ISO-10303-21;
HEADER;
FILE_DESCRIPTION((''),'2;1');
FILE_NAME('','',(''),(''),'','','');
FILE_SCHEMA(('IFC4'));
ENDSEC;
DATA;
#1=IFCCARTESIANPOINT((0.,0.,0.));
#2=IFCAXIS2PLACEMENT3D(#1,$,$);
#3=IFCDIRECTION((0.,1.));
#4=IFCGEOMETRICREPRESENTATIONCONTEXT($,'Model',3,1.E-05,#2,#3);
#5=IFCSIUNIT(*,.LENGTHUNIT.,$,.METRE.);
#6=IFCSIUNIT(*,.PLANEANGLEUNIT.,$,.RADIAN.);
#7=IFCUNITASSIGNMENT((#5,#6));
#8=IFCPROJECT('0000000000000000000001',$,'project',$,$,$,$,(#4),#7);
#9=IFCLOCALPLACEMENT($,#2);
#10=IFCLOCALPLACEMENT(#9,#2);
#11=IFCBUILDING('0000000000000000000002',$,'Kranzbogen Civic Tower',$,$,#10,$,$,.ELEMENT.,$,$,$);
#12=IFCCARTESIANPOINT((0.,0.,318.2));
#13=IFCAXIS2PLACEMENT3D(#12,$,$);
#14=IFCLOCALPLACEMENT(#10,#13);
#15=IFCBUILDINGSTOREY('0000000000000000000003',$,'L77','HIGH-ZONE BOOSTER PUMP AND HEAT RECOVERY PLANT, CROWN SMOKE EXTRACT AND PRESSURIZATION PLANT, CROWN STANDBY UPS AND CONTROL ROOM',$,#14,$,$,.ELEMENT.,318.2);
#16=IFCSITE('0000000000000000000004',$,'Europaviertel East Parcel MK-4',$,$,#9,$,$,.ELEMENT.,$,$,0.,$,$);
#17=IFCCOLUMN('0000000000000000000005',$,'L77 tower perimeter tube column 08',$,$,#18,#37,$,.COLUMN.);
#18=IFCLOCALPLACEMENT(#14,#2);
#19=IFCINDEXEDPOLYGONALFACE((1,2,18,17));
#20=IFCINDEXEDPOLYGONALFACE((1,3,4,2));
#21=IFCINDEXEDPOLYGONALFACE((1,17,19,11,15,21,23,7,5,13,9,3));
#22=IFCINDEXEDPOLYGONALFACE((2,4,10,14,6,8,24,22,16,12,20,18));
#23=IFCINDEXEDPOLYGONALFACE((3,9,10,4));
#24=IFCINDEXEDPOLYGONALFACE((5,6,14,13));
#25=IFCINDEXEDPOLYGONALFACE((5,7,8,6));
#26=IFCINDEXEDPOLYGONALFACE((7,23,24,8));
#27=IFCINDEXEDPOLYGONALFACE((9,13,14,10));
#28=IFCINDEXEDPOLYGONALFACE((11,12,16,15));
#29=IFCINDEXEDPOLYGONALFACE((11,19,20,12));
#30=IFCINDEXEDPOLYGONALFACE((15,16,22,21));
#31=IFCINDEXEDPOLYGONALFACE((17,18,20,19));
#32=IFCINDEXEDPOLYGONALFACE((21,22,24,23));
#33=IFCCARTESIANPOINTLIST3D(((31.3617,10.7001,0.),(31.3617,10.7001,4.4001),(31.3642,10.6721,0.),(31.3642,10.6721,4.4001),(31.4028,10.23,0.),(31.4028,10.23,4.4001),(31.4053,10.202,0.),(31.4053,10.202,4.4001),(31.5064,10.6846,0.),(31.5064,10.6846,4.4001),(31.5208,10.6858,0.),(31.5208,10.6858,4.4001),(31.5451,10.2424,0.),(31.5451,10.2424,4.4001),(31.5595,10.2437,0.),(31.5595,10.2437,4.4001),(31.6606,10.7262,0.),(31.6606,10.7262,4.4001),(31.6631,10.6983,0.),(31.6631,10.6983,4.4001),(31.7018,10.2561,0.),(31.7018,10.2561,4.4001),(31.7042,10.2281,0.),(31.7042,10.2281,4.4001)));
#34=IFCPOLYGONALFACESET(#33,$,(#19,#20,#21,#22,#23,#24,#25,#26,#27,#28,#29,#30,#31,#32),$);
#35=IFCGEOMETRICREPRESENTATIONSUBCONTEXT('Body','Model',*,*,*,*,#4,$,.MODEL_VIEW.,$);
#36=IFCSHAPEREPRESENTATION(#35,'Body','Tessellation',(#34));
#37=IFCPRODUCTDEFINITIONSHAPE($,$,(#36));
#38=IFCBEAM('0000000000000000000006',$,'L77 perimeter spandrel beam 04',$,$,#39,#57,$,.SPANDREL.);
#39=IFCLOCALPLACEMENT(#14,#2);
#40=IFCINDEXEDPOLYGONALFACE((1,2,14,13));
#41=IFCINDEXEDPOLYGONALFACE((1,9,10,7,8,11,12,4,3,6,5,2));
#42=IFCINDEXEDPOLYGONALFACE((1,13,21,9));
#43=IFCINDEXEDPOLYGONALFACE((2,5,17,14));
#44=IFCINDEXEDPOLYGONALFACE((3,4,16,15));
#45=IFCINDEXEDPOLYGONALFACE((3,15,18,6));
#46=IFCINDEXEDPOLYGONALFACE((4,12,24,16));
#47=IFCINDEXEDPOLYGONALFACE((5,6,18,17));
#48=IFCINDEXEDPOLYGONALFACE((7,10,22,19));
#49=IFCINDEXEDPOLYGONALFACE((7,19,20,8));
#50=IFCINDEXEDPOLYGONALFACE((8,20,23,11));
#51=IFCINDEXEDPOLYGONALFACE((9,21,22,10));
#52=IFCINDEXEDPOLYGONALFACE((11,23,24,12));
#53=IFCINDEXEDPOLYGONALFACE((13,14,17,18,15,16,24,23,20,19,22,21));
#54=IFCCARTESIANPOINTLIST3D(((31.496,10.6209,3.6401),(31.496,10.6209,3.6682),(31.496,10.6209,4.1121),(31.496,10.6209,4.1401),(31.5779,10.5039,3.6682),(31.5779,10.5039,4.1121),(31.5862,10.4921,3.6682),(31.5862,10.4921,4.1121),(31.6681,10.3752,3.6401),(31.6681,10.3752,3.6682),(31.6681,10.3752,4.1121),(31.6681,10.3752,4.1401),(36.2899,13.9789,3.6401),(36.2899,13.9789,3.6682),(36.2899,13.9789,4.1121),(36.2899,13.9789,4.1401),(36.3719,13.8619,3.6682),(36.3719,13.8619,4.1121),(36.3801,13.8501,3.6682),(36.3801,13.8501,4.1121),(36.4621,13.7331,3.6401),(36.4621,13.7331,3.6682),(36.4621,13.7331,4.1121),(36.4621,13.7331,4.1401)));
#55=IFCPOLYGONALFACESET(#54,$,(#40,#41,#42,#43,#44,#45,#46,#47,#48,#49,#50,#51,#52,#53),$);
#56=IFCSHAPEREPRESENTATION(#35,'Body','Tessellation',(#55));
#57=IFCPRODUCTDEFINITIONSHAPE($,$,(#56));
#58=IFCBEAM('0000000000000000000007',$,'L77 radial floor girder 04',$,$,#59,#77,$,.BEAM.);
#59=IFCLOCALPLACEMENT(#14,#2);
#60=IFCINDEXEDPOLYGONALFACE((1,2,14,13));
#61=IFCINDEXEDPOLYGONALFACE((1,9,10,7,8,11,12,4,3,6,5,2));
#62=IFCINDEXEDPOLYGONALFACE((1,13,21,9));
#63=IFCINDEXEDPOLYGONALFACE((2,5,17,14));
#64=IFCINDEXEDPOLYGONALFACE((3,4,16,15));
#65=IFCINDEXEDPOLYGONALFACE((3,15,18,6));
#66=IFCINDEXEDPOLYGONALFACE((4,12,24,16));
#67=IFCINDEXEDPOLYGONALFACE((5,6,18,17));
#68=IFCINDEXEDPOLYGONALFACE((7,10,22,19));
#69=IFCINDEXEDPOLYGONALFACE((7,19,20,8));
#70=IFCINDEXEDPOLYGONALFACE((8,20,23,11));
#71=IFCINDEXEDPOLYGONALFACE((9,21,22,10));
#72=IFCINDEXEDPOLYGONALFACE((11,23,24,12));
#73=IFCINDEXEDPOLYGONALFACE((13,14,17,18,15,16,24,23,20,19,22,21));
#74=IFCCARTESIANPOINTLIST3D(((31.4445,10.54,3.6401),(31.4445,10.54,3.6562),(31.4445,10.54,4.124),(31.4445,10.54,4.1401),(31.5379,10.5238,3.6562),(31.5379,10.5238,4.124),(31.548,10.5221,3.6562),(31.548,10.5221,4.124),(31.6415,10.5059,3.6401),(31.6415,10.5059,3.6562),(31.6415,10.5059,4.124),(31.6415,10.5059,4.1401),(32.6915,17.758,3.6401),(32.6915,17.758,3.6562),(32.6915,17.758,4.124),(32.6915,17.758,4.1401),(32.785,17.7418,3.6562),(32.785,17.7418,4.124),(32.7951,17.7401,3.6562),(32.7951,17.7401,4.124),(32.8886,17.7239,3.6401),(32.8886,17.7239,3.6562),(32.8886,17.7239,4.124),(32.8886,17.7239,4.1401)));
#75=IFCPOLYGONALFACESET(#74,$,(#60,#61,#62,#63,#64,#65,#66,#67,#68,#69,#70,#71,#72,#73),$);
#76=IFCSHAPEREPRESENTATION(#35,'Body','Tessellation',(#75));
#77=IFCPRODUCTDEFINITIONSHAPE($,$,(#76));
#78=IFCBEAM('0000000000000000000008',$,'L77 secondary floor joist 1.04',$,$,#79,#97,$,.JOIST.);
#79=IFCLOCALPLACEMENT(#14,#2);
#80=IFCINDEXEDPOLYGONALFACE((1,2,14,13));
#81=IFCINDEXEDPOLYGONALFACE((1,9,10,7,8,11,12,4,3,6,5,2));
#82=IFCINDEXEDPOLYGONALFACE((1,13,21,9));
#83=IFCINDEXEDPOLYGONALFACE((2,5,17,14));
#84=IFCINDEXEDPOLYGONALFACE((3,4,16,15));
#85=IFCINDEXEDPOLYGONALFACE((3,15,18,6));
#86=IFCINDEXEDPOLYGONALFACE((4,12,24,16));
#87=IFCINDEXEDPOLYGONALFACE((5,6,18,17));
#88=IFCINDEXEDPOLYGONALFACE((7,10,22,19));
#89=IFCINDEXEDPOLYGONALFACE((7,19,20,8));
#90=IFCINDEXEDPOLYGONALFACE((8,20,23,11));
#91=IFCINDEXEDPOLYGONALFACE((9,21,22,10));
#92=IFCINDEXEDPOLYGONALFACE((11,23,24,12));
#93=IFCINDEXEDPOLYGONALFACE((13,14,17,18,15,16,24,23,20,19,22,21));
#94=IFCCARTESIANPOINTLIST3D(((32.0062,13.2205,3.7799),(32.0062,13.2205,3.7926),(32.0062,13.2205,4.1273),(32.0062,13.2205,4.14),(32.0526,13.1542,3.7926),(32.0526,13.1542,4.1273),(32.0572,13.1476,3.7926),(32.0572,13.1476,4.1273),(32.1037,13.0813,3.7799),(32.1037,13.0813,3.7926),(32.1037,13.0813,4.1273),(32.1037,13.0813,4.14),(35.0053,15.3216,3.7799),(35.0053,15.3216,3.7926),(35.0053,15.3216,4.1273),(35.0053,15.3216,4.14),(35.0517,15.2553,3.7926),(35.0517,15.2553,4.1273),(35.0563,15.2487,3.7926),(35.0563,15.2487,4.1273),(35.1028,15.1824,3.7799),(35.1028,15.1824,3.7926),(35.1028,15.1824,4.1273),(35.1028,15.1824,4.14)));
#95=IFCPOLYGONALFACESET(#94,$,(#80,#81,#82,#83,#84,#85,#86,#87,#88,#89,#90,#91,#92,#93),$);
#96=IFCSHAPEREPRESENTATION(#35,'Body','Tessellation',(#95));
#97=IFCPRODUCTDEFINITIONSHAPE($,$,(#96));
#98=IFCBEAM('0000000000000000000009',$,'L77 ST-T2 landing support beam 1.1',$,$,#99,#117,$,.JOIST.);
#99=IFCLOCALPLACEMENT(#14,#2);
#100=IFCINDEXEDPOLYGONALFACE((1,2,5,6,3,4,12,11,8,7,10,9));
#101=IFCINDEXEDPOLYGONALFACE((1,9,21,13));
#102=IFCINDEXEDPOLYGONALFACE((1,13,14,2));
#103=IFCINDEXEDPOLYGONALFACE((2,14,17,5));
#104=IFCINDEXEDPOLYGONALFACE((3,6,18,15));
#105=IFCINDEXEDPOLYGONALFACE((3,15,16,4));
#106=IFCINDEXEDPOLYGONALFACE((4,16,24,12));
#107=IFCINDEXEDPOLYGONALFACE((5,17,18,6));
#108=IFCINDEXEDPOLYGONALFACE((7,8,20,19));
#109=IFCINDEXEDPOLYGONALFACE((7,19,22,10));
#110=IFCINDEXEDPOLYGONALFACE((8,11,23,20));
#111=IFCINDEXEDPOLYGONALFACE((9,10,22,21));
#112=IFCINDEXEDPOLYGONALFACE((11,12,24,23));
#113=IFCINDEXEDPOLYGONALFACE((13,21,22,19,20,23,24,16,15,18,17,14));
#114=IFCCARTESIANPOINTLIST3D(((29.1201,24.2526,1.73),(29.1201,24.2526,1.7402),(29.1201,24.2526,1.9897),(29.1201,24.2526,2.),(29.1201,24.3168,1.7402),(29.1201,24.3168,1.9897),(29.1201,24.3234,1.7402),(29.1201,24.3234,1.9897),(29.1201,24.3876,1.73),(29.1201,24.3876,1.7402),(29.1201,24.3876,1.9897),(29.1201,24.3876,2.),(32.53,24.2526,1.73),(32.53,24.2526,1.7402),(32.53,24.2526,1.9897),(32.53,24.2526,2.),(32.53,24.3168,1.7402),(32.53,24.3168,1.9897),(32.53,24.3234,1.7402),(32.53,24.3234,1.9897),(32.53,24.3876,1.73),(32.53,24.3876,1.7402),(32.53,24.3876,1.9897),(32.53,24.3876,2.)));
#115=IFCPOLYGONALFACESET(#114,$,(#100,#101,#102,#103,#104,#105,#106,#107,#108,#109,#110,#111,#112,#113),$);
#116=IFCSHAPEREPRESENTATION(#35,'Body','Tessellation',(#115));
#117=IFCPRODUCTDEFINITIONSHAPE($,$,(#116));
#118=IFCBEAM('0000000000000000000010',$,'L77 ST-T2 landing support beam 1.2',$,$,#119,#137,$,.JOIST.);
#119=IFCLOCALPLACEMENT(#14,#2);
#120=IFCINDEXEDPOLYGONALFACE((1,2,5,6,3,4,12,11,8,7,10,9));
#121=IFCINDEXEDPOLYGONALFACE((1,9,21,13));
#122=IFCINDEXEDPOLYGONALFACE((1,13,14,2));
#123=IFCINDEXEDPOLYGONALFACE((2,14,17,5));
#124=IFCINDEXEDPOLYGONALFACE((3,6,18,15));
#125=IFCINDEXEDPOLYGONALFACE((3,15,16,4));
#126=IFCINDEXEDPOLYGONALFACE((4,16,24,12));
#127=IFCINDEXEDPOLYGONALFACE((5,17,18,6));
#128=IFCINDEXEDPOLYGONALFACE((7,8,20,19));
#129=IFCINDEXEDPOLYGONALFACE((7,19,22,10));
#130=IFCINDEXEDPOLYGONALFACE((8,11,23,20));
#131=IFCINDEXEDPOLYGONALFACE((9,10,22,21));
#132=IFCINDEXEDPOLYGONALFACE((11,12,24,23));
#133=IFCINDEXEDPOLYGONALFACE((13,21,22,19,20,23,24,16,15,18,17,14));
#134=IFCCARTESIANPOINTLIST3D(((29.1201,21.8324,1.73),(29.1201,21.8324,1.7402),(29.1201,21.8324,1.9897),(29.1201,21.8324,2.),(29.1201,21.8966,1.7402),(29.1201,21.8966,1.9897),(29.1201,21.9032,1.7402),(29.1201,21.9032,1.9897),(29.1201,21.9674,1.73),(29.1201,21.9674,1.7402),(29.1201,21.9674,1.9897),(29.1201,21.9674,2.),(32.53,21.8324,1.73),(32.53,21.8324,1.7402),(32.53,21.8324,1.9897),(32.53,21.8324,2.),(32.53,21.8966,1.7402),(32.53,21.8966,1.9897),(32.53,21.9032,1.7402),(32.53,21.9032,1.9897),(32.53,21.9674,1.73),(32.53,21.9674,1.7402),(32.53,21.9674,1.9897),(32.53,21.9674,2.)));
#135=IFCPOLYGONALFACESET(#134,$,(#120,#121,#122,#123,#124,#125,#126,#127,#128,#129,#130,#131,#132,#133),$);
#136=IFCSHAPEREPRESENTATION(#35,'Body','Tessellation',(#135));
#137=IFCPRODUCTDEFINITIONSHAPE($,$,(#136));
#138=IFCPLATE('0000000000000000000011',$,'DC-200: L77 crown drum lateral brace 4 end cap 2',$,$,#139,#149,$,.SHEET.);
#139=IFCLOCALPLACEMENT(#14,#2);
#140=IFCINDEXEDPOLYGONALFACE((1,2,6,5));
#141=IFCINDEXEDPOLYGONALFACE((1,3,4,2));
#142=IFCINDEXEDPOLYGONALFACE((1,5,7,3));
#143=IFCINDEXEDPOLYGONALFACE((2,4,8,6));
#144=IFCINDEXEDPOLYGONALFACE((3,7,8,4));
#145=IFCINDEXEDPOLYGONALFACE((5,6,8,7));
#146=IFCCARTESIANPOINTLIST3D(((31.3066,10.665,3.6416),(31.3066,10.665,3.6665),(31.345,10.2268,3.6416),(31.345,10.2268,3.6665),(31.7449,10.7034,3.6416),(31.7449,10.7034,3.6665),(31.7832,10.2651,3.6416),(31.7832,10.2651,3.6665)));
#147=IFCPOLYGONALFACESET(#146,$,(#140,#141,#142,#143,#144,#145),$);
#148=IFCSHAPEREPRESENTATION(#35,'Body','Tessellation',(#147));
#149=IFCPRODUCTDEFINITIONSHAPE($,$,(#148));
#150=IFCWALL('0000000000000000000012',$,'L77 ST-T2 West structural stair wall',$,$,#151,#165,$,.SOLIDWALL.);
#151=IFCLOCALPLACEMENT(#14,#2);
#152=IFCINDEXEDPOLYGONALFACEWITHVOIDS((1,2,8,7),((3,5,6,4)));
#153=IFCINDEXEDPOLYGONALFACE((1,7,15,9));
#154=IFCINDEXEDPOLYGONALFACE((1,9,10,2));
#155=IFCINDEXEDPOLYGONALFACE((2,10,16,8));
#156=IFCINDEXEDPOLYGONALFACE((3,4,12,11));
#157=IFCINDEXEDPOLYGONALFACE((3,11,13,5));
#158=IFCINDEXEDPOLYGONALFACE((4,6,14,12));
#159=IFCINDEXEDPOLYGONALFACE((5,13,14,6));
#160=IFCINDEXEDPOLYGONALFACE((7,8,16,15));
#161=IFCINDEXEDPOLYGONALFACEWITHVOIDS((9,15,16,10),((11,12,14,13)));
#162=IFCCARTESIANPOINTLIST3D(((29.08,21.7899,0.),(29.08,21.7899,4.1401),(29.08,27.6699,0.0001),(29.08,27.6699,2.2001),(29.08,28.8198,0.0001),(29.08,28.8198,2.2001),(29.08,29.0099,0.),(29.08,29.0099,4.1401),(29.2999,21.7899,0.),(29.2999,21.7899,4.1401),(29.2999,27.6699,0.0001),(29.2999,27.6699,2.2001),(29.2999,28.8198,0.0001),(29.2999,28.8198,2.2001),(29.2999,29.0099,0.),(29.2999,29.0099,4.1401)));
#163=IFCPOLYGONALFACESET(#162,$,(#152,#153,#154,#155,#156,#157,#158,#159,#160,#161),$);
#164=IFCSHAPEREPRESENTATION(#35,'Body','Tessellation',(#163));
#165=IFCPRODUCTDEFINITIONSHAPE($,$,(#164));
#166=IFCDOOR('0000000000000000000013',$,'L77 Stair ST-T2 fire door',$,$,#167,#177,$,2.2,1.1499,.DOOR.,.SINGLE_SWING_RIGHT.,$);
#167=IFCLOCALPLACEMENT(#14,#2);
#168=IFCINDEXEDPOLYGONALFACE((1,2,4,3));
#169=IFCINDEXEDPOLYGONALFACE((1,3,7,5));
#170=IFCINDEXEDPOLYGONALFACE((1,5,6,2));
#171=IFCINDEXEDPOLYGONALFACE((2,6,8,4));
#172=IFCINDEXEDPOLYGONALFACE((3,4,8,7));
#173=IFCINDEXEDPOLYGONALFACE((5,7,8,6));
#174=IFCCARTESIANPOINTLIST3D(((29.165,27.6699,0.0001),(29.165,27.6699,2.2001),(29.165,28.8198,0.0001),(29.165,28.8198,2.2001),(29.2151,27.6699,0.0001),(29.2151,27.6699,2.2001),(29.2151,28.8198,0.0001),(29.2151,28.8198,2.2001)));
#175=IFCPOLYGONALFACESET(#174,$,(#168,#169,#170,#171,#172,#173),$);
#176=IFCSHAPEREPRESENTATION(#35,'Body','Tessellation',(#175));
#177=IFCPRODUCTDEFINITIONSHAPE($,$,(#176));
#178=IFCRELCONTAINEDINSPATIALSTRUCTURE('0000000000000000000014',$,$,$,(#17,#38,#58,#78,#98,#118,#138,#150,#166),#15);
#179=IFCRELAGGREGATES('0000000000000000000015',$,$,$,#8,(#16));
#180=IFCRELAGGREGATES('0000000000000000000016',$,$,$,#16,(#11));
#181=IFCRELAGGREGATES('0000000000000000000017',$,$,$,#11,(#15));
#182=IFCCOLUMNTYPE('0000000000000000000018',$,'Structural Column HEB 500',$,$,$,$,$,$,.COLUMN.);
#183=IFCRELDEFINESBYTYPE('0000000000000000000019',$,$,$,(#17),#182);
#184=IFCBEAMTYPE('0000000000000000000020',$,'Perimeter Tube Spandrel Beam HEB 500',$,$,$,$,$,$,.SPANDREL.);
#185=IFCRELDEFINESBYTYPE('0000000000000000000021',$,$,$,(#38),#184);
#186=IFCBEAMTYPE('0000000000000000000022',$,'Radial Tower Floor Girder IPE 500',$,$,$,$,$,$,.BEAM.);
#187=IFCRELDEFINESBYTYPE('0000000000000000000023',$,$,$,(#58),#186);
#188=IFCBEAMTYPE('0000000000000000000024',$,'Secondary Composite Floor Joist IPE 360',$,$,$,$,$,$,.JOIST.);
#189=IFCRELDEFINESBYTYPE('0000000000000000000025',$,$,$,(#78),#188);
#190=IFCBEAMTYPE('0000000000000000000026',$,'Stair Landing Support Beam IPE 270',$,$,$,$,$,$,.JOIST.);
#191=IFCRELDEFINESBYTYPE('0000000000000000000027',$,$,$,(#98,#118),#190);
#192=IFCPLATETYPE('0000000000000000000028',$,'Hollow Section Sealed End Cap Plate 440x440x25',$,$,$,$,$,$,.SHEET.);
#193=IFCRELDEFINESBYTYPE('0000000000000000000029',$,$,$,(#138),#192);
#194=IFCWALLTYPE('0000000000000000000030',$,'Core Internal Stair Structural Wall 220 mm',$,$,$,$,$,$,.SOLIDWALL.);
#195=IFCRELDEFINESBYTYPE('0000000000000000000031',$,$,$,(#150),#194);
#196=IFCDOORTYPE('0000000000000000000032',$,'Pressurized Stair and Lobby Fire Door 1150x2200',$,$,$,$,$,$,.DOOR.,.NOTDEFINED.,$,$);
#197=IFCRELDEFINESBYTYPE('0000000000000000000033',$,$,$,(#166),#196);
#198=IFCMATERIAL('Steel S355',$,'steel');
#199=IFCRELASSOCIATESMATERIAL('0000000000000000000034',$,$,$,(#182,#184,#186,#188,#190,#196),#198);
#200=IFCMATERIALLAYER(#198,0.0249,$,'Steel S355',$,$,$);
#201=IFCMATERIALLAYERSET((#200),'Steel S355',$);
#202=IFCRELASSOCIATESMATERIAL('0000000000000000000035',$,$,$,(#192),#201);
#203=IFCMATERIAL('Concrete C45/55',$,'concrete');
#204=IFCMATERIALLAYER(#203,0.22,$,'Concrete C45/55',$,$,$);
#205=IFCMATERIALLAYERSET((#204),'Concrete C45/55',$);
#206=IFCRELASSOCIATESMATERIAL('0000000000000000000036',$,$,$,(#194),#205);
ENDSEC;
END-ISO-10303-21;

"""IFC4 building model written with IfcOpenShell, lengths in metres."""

from ifc_helpers import new_model, si_unit, direction, frame, frame_2d, origin, origin_2d, place, context, subcontext, project, spatial, rectangle, i_section, extrude, material, layer, layer_set, material_profile, profile_set, type_object, element, fill, save


model = new_model("IFC4")

# Units and contexts
model_context = context("Model", 3, precision=1e-05, world=origin(), true_north=direction((0.0, 1.0)))
body_context = subcontext(model_context, "Body", "Model", "MODEL_VIEW")
ifc_project = project(units=[si_unit("LENGTHUNIT", "METRE"), si_unit("PLANEANGLEUNIT", "RADIAN")], contexts=[model_context])

# Site, building, storey
site_placement = place(None, origin())
site = spatial("IfcSite", under=ifc_project, at=site_placement, Name="Europaviertel East Parcel MK-4", CompositionType="ELEMENT", RefElevation=0.0)
building_placement = place(site_placement, origin())
building = spatial("IfcBuilding", under=site, at=building_placement, Name="Kranzbogen Civic Tower", CompositionType="ELEMENT")
storey_placement = place(building_placement, frame((0.0, 0.0, 318.2)))
storey = spatial("IfcBuildingStorey", under=building, at=storey_placement, Name="L77", Description="HIGH-ZONE BOOSTER PUMP AND HEAT RECOVERY PLANT, CROWN SMOKE EXTRACT AND PRESSURIZATION PLANT, CROWN STANDBY UPS AND CONTROL ROOM", CompositionType="ELEMENT", Elevation=318.2)

# Column
ifc_material_1 = material(Name="Steel S355", Category="steel")
ifc_material_profile_1 = material_profile(ifc_material_1, i_section(OverallWidth=0.3, OverallDepth=0.5, WebThickness=0.0144, FlangeThickness=0.0281, at=origin_2d()), Name="HEB 500")
ifc_profile_set_1 = profile_set([ifc_material_profile_1], Name="Steel S355")
column_type = type_object("IfcColumnType", Name="Structural Column HEB 500", PredefinedType="COLUMN", material=ifc_profile_set_1)
column_placement = place(storey_placement, frame((31.533, 10.4641, 0.0), z_axis=(0.0, 0.0, 1.0), x_axis=(0.996195, 0.087156, 0.0)))
element("IfcColumn", 1, at=column_placement, inside=storey, type_object=column_type, Name="L77 tower perimeter tube column 08", PredefinedType="COLUMN", context=body_context, shape_type="SweptSolid", body=[
    extrude(i_section(OverallWidth=0.3, OverallDepth=0.5, WebThickness=0.0144, FlangeThickness=0.0281, at=origin_2d()), origin(), (0.0, 0.0, 1.0), 4.4001),
])

# Beams
ifc_material_profile_2 = material_profile(ifc_material_1, i_section(OverallWidth=0.3, OverallDepth=0.5, WebThickness=0.0144, FlangeThickness=0.0281, at=origin_2d()), Name="HEB 500")
ifc_profile_set_2 = profile_set([ifc_material_profile_2], Name="Steel S355")
beam_type_1 = type_object("IfcBeamType", Name="Perimeter Tube Spandrel Beam HEB 500", PredefinedType="SPANDREL", material=ifc_profile_set_2)
beam_1_placement = place(storey_placement, frame((31.582, 10.498, 3.8901), z_axis=(0.819059, 0.573709, 0.0), x_axis=(-0.573709, 0.819059, 0.0)))
element("IfcBeam", 2, at=beam_1_placement, inside=storey, type_object=beam_type_1, Name="L77 perimeter spandrel beam 04", PredefinedType="SPANDREL", context=body_context, shape_type="SweptSolid", body=[
    extrude(i_section(OverallWidth=0.3, OverallDepth=0.5, WebThickness=0.0144, FlangeThickness=0.0281, at=origin_2d()), origin(), (0.0, 0.0, 1.0), 5.853),
])
ifc_material_profile_3 = material_profile(ifc_material_1, i_section(OverallWidth=0.2, OverallDepth=0.5, WebThickness=0.0103, FlangeThickness=0.0161, at=origin_2d()), Name="IPE 500")
ifc_profile_set_3 = profile_set([ifc_material_profile_3], Name="Steel S355")
beam_type_2 = type_object("IfcBeamType", Name="Radial Tower Floor Girder IPE 500", PredefinedType="BEAM", material=ifc_profile_set_3)
beam_2_placement = place(storey_placement, frame((31.543, 10.5229, 3.8901), z_axis=(0.17025, 0.985401, 0.0), x_axis=(-0.985401, 0.17025, 0.0)))
element("IfcBeam", 3, at=beam_2_placement, inside=storey, type_object=beam_type_2, Name="L77 radial floor girder 04", PredefinedType="BEAM", context=body_context, shape_type="SweptSolid", body=[
    extrude(i_section(OverallWidth=0.2, OverallDepth=0.5, WebThickness=0.0103, FlangeThickness=0.0161, at=origin_2d()), origin(), (0.0, 0.0, 1.0), 7.325),
])
ifc_material_profile_4 = material_profile(ifc_material_1, i_section(OverallWidth=0.1699, OverallDepth=0.3601, WebThickness=0.0081, FlangeThickness=0.0127, at=origin_2d()), Name="IPE 360")
ifc_profile_set_4 = profile_set([ifc_material_profile_4], Name="Steel S355")
beam_type_3 = type_object("IfcBeamType", Name="Secondary Composite Floor Joist IPE 360", PredefinedType="JOIST", material=ifc_profile_set_4)
beam_3_placement = place(storey_placement, frame((32.0549, 13.1509, 3.96), z_axis=(0.819006, 0.573784, 0.0), x_axis=(-0.573784, 0.819006, 0.0)))
element("IfcBeam", 4, at=beam_3_placement, inside=storey, type_object=beam_type_3, Name="L77 secondary floor joist 1.04", PredefinedType="JOIST", context=body_context, shape_type="SweptSolid", body=[
    extrude(i_section(OverallWidth=0.1699, OverallDepth=0.3601, WebThickness=0.0081, FlangeThickness=0.0127, at=origin_2d()), origin(), (0.0, 0.0, 1.0), 3.6619),
])
ifc_material_profile_5 = material_profile(ifc_material_1, i_section(OverallWidth=0.135, OverallDepth=0.27, WebThickness=0.0066, FlangeThickness=0.0103, at=origin_2d()), Name="IPE 270")
ifc_profile_set_5 = profile_set([ifc_material_profile_5], Name="Steel S355")
beam_type_4 = type_object("IfcBeamType", Name="Stair Landing Support Beam IPE 270", PredefinedType="JOIST", material=ifc_profile_set_5)
for number, where, z_axis, x_axis, name in (
    (5, (29.1201, 24.3201, 1.865), (1.0, 0.0, 0.0), (0.0, 1.0, 0.0), "L77 ST-T2 landing support beam 1.1"),
    (6, (29.1201, 21.8999, 1.865), (1.0, 0.0, 0.0), (0.0, 1.0, 0.0), "L77 ST-T2 landing support beam 1.2"),
):
    element("IfcBeam", number, at=place(storey_placement, frame(where, z_axis=z_axis, x_axis=x_axis)), inside=storey, type_object=beam_type_4, Name=name, PredefinedType="JOIST", context=body_context, shape_type="SweptSolid", body=[
        extrude(i_section(OverallWidth=0.135, OverallDepth=0.27, WebThickness=0.0066, FlangeThickness=0.0103, at=origin_2d()), origin(), (0.0, 0.0, 1.0), 3.4099),
    ])

# Plate
ifc_layer_1 = layer(ifc_material_1, 0.0249, Name="Steel S355")
ifc_layer_set_1 = layer_set([ifc_layer_1], Name="Steel S355")
plate_type = type_object("IfcPlateType", Name="Hollow Section Sealed End Cap Plate 440x440x25", PredefinedType="SHEET", material=ifc_layer_set_1)
plate_placement = place(storey_placement, frame((31.5449, 10.4651, 3.6416), z_axis=(0.0, 0.0, 1.0), x_axis=(0.996192, 0.087191, 0.0)))
element("IfcPlate", 7, at=plate_placement, inside=storey, type_object=plate_type, Name="DC-200: L77 crown drum lateral brace 4 end cap 2", PredefinedType="SHEET", context=body_context, shape_type="SweptSolid", body=[
    extrude(rectangle(XDim=0.4399, YDim=0.4399, at=origin_2d()), origin(), (0.0, 0.0, 1.0), 0.0249),
])

# Wall, opening, door
ifc_material_2 = material(Name="Concrete C45/55", Category="concrete")
ifc_layer_2 = layer(ifc_material_2, 0.22, Name="Concrete C45/55")
ifc_layer_set_2 = layer_set([ifc_layer_2], Name="Concrete C45/55")
wall_type_1 = type_object("IfcWallType", Name="Core Internal Stair Structural Wall 220 mm", PredefinedType="SOLIDWALL", material=ifc_layer_set_2)
wall_1_placement = place(storey_placement, frame((29.1899, 21.79, 0.0), z_axis=(0.0, 0.0, 1.0), x_axis=(0.0, 1.0, 0.0)))
wall_1 = element("IfcWall", 8, at=wall_1_placement, inside=storey, type_object=wall_type_1, Name="L77 ST-T2 West structural stair wall", PredefinedType="SOLIDWALL", context=body_context, shape_type="SweptSolid", body=[
    extrude(rectangle(XDim=7.22, YDim=0.22, at=frame_2d((3.6099, 0.0))), origin(), (0.0, 0.0, 1.0), 4.1401),
])
opening_1_placement = place(wall_1_placement, frame((5.8799, 0.0, 0.0)))
opening_1 = element("IfcOpeningElement", 9, at=opening_1_placement, cuts=wall_1, PredefinedType="OPENING", context=body_context, shape_type="SweptSolid", body=[
    extrude(rectangle(XDim=1.1499, YDim=2.2, at=frame_2d((0.575, 1.1001))), frame((0.0, 0.1201, 0.0), z_axis=(0.0, -1.0, 0.0), x_axis=(1.0, 0.0, 0.0)), (0.0, 0.0, 1.0), 0.24),
])
door_type_1 = type_object("IfcDoorType", Name="Pressurized Stair and Lobby Fire Door 1150x2200", OperationType="NOTDEFINED", PredefinedType="DOOR", material=ifc_material_1)
door_1_placement = place(opening_1_placement, origin())
door_1 = element("IfcDoor", 10, at=door_1_placement, inside=storey, type_object=door_type_1, Name="L77 Stair ST-T2 fire door", OperationType="SINGLE_SWING_RIGHT", OverallHeight=2.2, OverallWidth=1.1499, PredefinedType="DOOR", context=body_context, shape_type="SweptSolid", body=[
    extrude(rectangle(XDim=1.1499, YDim=2.2, at=frame_2d((0.575, 1.1001))), frame((0.0, 0.0249, 0.0), z_axis=(0.0, -1.0, 0.0), x_axis=(1.0, 0.0, 0.0)), (0.0, 0.0, 1.0), 0.05),
])
fill(opening_1, door_1)

save(model, "model.ifc")
